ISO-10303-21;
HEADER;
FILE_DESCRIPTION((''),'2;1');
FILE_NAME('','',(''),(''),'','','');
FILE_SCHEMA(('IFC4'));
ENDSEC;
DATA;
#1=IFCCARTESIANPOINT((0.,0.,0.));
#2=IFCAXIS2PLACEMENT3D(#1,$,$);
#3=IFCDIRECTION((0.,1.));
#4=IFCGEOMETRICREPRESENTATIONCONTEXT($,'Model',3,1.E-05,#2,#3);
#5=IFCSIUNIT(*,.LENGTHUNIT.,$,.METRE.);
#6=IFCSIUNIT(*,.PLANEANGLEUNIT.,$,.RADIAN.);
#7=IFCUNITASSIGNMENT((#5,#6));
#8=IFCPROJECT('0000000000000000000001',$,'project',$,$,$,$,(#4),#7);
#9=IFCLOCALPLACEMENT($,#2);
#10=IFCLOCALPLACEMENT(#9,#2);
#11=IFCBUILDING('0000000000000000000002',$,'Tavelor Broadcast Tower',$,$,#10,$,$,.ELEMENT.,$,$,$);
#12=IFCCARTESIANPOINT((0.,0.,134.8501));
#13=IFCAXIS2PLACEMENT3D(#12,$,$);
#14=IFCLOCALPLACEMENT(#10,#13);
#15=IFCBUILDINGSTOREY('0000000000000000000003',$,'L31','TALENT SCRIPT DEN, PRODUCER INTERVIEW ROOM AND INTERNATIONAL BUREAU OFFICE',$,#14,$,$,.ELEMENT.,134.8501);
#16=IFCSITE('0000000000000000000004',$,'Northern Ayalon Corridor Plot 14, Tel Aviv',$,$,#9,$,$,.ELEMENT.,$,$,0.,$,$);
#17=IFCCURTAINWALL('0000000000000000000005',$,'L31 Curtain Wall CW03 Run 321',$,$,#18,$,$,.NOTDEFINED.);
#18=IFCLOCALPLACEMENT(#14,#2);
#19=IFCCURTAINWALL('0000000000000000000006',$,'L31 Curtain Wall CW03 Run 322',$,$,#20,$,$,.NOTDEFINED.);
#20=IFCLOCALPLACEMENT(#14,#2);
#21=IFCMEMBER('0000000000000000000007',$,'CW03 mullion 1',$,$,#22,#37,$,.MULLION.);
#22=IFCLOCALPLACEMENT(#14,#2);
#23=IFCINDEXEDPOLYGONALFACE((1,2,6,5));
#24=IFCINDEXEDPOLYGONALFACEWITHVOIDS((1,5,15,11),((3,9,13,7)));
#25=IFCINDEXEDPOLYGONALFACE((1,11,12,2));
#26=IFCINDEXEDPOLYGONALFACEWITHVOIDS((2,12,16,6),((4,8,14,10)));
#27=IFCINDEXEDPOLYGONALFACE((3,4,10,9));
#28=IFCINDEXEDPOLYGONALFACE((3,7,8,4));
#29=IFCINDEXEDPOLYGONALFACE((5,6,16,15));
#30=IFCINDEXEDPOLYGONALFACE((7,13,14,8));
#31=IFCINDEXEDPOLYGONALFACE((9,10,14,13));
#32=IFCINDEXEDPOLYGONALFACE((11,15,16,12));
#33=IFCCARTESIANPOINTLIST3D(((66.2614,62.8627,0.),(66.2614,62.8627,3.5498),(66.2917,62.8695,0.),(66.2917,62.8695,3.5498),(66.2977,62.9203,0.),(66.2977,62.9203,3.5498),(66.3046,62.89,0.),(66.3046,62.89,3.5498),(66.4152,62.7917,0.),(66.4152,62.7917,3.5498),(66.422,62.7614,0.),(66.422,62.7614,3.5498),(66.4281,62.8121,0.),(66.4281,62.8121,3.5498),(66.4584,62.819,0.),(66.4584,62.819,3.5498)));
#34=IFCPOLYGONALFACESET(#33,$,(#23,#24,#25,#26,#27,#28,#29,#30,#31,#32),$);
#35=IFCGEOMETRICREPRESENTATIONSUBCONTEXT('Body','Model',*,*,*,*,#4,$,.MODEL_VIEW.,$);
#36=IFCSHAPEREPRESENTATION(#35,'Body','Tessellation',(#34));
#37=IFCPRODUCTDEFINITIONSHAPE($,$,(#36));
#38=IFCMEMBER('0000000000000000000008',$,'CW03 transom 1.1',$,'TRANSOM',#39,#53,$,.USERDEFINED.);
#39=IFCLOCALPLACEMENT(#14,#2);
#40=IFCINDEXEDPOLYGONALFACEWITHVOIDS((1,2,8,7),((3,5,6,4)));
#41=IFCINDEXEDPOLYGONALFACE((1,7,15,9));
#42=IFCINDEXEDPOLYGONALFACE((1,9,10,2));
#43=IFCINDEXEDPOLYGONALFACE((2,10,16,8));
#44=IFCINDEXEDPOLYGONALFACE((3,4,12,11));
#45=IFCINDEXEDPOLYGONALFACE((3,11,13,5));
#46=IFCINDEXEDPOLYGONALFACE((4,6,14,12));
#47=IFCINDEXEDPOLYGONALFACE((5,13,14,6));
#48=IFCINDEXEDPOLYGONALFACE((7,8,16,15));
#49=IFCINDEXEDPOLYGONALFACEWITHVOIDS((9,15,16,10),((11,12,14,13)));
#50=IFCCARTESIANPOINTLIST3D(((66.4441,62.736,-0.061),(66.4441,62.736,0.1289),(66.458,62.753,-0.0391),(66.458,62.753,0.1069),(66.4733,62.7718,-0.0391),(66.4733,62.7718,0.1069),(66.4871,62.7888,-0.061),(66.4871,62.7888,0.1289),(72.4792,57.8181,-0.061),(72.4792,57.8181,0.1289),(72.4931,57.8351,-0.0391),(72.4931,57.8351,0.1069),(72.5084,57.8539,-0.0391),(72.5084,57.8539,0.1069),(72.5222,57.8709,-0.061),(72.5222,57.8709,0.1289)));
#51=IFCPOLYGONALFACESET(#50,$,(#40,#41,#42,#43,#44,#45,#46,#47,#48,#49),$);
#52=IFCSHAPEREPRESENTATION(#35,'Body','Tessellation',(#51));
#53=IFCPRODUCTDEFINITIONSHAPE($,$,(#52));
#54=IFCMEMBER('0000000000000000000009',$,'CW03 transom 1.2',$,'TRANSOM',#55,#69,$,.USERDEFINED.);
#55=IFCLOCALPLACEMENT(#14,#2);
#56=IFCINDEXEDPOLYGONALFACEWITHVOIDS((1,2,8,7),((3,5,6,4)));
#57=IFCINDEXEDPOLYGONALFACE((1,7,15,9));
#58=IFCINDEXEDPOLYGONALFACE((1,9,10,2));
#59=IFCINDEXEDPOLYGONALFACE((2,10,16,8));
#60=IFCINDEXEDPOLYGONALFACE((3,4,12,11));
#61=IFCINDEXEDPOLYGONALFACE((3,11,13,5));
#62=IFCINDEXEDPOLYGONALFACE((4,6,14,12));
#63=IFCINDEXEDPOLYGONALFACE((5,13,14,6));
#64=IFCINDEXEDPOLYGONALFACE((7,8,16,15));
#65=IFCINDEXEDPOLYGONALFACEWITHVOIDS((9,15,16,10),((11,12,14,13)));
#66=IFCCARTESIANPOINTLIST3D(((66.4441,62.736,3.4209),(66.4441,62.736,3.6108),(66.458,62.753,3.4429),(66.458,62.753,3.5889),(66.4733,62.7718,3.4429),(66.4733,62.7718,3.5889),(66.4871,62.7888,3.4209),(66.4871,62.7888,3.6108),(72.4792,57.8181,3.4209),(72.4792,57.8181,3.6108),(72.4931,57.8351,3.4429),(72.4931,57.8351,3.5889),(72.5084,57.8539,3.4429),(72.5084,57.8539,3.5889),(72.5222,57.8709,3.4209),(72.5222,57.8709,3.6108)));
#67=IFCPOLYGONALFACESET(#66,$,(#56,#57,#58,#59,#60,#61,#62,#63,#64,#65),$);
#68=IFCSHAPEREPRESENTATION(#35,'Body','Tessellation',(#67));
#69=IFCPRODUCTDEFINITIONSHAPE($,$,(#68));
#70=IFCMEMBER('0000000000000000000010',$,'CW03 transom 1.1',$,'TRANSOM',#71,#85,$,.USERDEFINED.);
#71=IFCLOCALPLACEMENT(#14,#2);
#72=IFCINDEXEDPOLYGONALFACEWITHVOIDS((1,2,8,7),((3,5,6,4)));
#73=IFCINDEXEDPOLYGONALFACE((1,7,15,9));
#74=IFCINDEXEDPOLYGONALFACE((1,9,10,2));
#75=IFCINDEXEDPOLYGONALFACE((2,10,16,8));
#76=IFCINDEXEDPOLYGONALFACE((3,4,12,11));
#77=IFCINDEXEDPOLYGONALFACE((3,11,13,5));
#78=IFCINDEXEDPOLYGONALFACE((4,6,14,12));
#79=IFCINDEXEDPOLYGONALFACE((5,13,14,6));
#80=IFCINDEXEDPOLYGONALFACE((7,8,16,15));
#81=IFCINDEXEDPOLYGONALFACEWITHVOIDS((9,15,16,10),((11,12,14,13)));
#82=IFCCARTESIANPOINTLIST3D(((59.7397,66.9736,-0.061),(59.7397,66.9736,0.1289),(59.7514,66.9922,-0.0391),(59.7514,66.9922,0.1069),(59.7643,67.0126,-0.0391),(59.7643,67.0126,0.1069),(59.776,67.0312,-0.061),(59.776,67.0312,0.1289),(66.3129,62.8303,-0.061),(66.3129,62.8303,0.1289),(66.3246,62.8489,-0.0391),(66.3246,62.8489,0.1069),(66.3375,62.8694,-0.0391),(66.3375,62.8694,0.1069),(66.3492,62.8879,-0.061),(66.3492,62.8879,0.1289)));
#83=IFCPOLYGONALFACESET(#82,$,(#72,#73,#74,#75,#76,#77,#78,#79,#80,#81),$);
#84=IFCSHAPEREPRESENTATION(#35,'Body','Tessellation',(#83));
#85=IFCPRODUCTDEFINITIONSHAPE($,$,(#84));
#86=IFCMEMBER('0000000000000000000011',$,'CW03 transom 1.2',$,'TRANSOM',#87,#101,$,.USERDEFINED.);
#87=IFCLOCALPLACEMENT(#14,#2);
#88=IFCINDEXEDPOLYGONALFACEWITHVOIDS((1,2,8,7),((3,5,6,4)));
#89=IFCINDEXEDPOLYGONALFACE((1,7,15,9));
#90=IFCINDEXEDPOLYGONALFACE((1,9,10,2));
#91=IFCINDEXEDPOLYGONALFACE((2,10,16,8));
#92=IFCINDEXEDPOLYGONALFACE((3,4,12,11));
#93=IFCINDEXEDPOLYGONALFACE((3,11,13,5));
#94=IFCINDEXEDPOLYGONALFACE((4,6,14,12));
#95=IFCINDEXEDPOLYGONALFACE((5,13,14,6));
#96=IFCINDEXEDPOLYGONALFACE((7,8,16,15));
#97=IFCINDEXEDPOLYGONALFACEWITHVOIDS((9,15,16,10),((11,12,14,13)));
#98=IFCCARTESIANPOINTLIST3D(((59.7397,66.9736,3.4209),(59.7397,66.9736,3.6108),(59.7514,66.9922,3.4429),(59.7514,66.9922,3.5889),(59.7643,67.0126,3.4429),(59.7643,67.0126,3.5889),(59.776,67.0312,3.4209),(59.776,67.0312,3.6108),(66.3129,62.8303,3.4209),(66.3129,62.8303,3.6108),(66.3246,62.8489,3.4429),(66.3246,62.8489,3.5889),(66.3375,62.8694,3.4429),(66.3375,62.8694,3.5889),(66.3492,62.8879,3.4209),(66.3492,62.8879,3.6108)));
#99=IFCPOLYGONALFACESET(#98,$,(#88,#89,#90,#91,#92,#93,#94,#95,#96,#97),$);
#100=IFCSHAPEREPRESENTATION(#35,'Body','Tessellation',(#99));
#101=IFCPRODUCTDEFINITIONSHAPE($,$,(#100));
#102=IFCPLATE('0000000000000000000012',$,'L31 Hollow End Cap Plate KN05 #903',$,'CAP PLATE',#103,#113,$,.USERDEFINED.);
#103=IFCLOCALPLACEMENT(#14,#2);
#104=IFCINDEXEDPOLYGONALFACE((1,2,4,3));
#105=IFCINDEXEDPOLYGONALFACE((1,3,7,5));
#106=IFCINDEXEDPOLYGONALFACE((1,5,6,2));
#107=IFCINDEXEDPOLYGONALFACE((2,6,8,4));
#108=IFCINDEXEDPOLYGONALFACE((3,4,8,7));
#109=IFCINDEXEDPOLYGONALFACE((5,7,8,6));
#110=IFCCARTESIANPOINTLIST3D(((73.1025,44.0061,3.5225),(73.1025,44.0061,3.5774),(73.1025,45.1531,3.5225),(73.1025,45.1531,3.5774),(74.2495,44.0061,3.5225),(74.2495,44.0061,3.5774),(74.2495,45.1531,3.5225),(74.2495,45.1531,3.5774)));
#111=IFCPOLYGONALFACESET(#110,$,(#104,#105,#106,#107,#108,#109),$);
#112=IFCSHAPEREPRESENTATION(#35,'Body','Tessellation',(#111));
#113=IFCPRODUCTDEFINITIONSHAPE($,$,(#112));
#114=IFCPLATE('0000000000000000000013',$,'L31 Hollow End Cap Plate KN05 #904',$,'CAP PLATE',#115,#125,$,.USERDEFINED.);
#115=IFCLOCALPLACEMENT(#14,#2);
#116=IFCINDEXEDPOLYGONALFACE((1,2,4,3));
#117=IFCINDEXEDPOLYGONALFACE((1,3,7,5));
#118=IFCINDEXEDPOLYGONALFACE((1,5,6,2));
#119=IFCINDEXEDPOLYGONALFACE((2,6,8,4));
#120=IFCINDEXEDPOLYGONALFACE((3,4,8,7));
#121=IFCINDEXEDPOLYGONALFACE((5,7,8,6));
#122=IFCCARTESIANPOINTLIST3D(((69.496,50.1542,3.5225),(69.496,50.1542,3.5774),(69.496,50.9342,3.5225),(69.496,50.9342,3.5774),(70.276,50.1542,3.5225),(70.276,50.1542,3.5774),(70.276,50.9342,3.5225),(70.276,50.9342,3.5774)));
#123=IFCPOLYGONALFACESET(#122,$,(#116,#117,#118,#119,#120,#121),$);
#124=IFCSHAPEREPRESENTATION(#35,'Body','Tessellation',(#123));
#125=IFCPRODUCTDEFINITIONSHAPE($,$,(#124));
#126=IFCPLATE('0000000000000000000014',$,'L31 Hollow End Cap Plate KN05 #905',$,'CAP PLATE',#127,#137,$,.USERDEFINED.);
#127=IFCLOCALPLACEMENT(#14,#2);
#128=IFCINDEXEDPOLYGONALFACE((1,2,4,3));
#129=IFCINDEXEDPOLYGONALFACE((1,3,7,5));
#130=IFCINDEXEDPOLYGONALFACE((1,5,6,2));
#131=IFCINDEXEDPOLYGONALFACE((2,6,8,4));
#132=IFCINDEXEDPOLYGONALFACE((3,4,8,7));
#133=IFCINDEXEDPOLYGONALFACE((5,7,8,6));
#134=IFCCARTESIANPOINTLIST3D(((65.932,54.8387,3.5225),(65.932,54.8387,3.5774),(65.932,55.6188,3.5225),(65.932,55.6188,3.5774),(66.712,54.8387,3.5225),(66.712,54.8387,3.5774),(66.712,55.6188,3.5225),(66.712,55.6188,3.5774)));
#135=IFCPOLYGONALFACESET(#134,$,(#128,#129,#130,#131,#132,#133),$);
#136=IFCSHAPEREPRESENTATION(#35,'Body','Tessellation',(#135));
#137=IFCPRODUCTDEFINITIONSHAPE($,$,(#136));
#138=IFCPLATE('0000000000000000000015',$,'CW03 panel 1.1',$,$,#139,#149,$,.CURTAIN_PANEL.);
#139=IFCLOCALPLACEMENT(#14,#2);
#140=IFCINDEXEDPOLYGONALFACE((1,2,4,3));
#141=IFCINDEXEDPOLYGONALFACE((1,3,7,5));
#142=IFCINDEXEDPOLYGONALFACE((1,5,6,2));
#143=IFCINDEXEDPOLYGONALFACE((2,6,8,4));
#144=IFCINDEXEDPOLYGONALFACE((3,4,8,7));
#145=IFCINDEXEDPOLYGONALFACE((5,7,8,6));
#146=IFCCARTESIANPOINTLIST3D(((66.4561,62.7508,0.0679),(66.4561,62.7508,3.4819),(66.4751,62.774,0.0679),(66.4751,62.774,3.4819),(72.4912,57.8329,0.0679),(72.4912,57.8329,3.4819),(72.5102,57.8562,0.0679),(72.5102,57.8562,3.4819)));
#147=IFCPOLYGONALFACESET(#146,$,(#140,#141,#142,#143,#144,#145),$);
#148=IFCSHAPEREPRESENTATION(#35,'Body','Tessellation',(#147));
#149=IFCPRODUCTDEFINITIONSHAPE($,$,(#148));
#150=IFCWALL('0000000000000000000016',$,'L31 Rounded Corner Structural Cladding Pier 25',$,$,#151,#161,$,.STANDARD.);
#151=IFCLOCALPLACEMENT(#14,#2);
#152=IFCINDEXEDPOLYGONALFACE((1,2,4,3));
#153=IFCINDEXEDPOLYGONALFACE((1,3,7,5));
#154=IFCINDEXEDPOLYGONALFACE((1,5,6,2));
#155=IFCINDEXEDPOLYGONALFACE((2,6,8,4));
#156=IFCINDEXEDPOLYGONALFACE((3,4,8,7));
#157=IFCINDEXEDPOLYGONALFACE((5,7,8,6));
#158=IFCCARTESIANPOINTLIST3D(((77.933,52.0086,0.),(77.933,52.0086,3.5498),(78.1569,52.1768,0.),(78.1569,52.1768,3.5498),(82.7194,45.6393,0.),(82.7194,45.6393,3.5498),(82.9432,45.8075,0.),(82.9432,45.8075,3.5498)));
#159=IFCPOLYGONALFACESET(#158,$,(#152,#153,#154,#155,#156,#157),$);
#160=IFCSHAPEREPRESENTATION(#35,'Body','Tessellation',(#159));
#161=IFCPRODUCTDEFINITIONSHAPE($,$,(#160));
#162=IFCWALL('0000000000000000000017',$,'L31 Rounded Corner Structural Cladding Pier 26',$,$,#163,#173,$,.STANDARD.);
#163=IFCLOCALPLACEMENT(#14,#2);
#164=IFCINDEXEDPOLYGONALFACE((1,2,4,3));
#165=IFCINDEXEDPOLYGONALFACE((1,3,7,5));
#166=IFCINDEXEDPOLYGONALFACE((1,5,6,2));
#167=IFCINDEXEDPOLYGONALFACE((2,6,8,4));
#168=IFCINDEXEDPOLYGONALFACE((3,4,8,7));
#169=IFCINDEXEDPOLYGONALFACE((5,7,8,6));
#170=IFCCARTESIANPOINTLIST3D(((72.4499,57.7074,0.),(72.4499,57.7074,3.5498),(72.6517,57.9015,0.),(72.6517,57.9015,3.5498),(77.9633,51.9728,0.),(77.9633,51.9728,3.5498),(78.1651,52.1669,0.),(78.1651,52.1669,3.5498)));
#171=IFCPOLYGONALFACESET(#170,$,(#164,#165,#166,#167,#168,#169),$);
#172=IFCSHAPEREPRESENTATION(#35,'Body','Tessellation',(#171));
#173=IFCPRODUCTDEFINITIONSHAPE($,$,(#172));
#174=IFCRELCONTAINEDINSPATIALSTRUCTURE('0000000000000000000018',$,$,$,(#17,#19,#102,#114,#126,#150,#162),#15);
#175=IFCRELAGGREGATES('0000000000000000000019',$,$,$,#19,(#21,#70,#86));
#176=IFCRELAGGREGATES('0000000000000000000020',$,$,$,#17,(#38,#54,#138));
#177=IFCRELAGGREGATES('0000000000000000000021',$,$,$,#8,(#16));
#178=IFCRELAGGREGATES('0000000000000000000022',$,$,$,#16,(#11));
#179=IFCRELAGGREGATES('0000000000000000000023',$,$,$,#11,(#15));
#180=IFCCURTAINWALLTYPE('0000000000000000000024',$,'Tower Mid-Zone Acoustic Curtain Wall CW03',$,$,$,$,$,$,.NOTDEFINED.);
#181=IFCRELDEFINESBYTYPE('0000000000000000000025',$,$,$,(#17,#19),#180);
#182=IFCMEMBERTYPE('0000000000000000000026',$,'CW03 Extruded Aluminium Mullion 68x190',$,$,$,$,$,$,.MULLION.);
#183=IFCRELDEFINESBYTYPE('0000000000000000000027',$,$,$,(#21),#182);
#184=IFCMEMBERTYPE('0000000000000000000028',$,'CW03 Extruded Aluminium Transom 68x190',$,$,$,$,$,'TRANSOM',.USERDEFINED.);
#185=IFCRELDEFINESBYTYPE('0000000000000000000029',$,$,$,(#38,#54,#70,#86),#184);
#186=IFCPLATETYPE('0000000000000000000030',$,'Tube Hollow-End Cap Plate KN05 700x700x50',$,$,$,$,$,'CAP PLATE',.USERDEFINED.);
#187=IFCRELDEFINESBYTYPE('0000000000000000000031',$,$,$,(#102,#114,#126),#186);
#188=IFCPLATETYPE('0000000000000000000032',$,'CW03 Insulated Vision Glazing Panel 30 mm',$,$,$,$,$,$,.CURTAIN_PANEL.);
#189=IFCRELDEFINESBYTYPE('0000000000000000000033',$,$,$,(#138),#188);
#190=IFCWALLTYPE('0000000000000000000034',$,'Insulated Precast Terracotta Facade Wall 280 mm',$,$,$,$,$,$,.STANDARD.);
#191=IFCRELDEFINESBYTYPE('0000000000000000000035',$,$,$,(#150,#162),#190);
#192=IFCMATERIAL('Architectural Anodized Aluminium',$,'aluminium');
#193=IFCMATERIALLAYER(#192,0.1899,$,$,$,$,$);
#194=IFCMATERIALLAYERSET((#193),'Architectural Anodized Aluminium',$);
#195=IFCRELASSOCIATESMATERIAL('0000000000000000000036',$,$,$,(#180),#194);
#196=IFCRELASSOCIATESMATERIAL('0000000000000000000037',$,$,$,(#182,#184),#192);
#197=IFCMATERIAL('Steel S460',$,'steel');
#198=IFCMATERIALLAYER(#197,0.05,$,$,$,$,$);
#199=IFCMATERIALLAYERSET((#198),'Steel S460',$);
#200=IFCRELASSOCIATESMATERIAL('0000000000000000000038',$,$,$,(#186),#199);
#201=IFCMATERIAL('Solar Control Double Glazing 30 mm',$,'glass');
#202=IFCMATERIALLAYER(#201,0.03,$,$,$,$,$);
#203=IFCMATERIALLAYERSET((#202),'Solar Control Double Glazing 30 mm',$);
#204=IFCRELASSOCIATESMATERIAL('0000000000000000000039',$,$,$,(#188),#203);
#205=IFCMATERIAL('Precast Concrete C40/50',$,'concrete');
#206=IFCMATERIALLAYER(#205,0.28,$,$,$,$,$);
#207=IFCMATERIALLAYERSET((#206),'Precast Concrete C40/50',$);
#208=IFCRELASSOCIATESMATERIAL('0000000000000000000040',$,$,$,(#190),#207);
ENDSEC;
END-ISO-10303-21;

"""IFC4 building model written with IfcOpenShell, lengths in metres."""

from ifc_helpers import new_model, si_unit, direction, frame, frame_2d, origin, origin_2d, place, context, subcontext, project, spatial, rectangle, hollow_rectangle, extrude, source, transform, mapped, material, layer, layer_set, material_profile, profile_set, type_object, type_shapes, element, aggregate, save


model = new_model("IFC4")

# Units and contexts
model_context = context("Model", 3, precision=1e-05, world=origin(), true_north=direction((0.0, 1.0)))
body_context = subcontext(model_context, "Body", "Model", "MODEL_VIEW")
ifc_project = project(units=[si_unit("LENGTHUNIT", "METRE"), si_unit("PLANEANGLEUNIT", "RADIAN")], contexts=[model_context])

# Site, building, storey
site_placement = place(None, origin())
site = spatial("IfcSite", under=ifc_project, at=site_placement, Name="Northern Ayalon Corridor Plot 14, Tel Aviv", CompositionType="ELEMENT", RefElevation=0.0)
building_placement = place(site_placement, origin())
building = spatial("IfcBuilding", under=site, at=building_placement, Name="Tavelor Broadcast Tower", CompositionType="ELEMENT")
storey_placement = place(building_placement, frame((0.0, 0.0, 134.8501)))
storey = spatial("IfcBuildingStorey", under=building, at=storey_placement, Name="L31", Description="TALENT SCRIPT DEN, PRODUCER INTERVIEW ROOM AND INTERNATIONAL BUREAU OFFICE", CompositionType="ELEMENT", Elevation=134.8501)

# Shared definitions
ifc_material_1 = material(Name="Steel S460", Category="steel")

# Curtain wall
ifc_material_2 = material(Name="Architectural Anodized Aluminium", Category="aluminium")
ifc_layer_1 = layer(ifc_material_2, 0.1899)
ifc_layer_set_1 = layer_set([ifc_layer_1], Name="Architectural Anodized Aluminium")
curtain_wall_type = type_object("IfcCurtainWallType", Name="Tower Mid-Zone Acoustic Curtain Wall CW03", PredefinedType="NOTDEFINED", material=ifc_layer_set_1)
curtain_wall_1_placement = place(storey_placement, origin())
curtain_wall_1 = element("IfcCurtainWall", 1, at=curtain_wall_1_placement, inside=storey, type_object=curtain_wall_type, Name="L31 Curtain Wall CW03 Run 321", PredefinedType="NOTDEFINED")
ifc_material_profile_1 = material_profile(ifc_material_2, hollow_rectangle(XDim=0.0681, YDim=0.1899, WallThickness=0.022, at=origin_2d()), Name="RHS 68x190x22")
ifc_profile_set_1 = profile_set([ifc_material_profile_1], Name="Architectural Anodized Aluminium")
member_type_1 = type_object("IfcMemberType", Name="CW03 Extruded Aluminium Mullion 68x190", PredefinedType="MULLION", material=ifc_profile_set_1)
shared_shape_1 = source(origin(), body_context, "Body", "SweptSolid", [
    extrude(hollow_rectangle(XDim=0.0681, YDim=0.1899, WallThickness=0.022, at=origin_2d()), origin(), (0.0, 0.0, 1.0), 3.5498),
])
type_shapes(member_type_1, [shared_shape_1])

# Curtain wall, member
curtain_wall_2_placement = place(storey_placement, origin())
curtain_wall_2 = element("IfcCurtainWall", 2, at=curtain_wall_2_placement, inside=storey, type_object=curtain_wall_type, Name="L31 Curtain Wall CW03 Run 322", PredefinedType="NOTDEFINED")
member_1_placement = place(storey_placement, frame((66.3599, 62.8408, 0.0), z_axis=(0.0, 0.0, 1.0), x_axis=(-0.533238, -0.845966, 0.0)))
member_1 = element("IfcMember", 3, at=member_1_placement, type_object=member_type_1, Name="CW03 mullion 1", PredefinedType="MULLION", context=body_context, shape_type="MappedRepresentation", body=[
    mapped(shared_shape_1, transform((0.0, 0.0, 0.0), scale=1.0)),
])

# Members
ifc_material_profile_2 = material_profile(ifc_material_2, hollow_rectangle(XDim=0.0681, YDim=0.1899, WallThickness=0.022, at=origin_2d()), Name="RHS 68x190x22")
ifc_profile_set_2 = profile_set([ifc_material_profile_2], Name="Architectural Anodized Aluminium")
member_type_2 = type_object("IfcMemberType", Name="CW03 Extruded Aluminium Transom 68x190", ElementType="TRANSOM", PredefinedType="USERDEFINED", material=ifc_profile_set_2)
shared_shape_2 = source(origin(), body_context, "Body", "SweptSolid", [
    extrude(hollow_rectangle(XDim=0.0681, YDim=0.1899, WallThickness=0.022, at=origin_2d()), origin(), (0.0, 0.0, 1.0), 7.7852),
])
member_2_placement = place(storey_placement, frame((72.5007, 57.8445, 0.0339), z_axis=(-0.775208, 0.631706, 0.0), x_axis=(-0.631706, -0.775208, 0.0)))
member_2 = element("IfcMember", 4, at=member_2_placement, type_object=member_type_2, Name="CW03 transom 1.1", ObjectType="TRANSOM", PredefinedType="USERDEFINED", context=body_context, shape_type="MappedRepresentation", body=[
    mapped(shared_shape_2, transform((0.0, 0.0, 0.0), scale=1.0)),
])
member_3_placement = place(storey_placement, frame((72.5007, 57.8445, 3.5159), z_axis=(-0.775208, 0.631706, 0.0), x_axis=(-0.631706, -0.775208, 0.0)))
member_3 = element("IfcMember", 5, at=member_3_placement, type_object=member_type_2, Name="CW03 transom 1.2", ObjectType="TRANSOM", PredefinedType="USERDEFINED", context=body_context, shape_type="MappedRepresentation", body=[
    mapped(shared_shape_2, transform((0.0, 0.0, 0.0), scale=1.0)),
])
shared_shape_3 = source(origin(), body_context, "Body", "SweptSolid", [
    extrude(hollow_rectangle(XDim=0.0681, YDim=0.1899, WallThickness=0.022, at=origin_2d()), origin(), (0.0, 0.0, 1.0), 7.77),
])
type_shapes(member_type_2, [shared_shape_2, shared_shape_3])
member_4_placement = place(storey_placement, frame((66.3311, 62.8591, 0.0339), z_axis=(-0.845966, 0.533237, 0.0), x_axis=(-0.533237, -0.845966, 0.0)))
member_4 = element("IfcMember", 6, at=member_4_placement, type_object=member_type_2, Name="CW03 transom 1.1", ObjectType="TRANSOM", PredefinedType="USERDEFINED", context=body_context, shape_type="MappedRepresentation", body=[
    mapped(shared_shape_3, transform((0.0, 0.0, 0.0), scale=1.0)),
])
member_5_placement = place(storey_placement, frame((66.3311, 62.8591, 3.5159), z_axis=(-0.845966, 0.533237, 0.0), x_axis=(-0.533237, -0.845966, 0.0)))
member_5 = element("IfcMember", 7, at=member_5_placement, type_object=member_type_2, Name="CW03 transom 1.2", ObjectType="TRANSOM", PredefinedType="USERDEFINED", context=body_context, shape_type="MappedRepresentation", body=[
    mapped(shared_shape_3, transform((0.0, 0.0, 0.0), scale=1.0)),
])
aggregate(curtain_wall_2, [member_1, member_4, member_5])

# Plates
ifc_layer_2 = layer(ifc_material_1, 0.05)
ifc_layer_set_2 = layer_set([ifc_layer_2], Name="Steel S460")
plate_type_1 = type_object("IfcPlateType", Name="Tube Hollow-End Cap Plate KN05 700x700x50", ElementType="CAP PLATE", PredefinedType="USERDEFINED", material=ifc_layer_set_2)
shared_shape_4 = source(origin(), body_context, "Body", "SweptSolid", [
    extrude(rectangle(XDim=1.147, YDim=1.147, at=origin_2d()), origin(), (0.0, 0.0, 1.0), 0.0549),
])
plate_1_placement = place(storey_placement, frame((73.676, 44.5796, 3.5225), z_axis=(0.0, 0.0, 1.0), x_axis=(1.0, 0.0, 0.0)))
element("IfcPlate", 8, at=plate_1_placement, inside=storey, type_object=plate_type_1, Name="L31 Hollow End Cap Plate KN05 #903", ObjectType="CAP PLATE", PredefinedType="USERDEFINED", context=body_context, shape_type="MappedRepresentation", body=[
    mapped(shared_shape_4, transform((0.0, 0.0, 0.0), scale=1.0)),
])
shared_shape_5 = source(origin(), body_context, "Body", "SweptSolid", [
    extrude(rectangle(XDim=0.78, YDim=0.78, at=origin_2d()), origin(), (0.0, 0.0, 1.0), 0.0549),
])
type_shapes(plate_type_1, [shared_shape_4, shared_shape_5])
for number, where, z_axis, x_axis, name in (
    (9, (69.886, 50.5442, 3.5225), (0.0, 0.0, 1.0), (1.0, 0.0, 0.0), "L31 Hollow End Cap Plate KN05 #904"),
    (10, (66.322, 55.2288, 3.5225), (0.0, 0.0, 1.0), (1.0, 0.0, 0.0), "L31 Hollow End Cap Plate KN05 #905"),
):
    element("IfcPlate", number, at=place(storey_placement, frame(where, z_axis=z_axis, x_axis=x_axis)), inside=storey, type_object=plate_type_1, Name=name, ObjectType="CAP PLATE", PredefinedType="USERDEFINED", context=body_context, shape_type="MappedRepresentation", body=[
        mapped(shared_shape_5, transform((0.0, 0.0, 0.0), scale=1.0)),
    ])

# Plate
ifc_material_3 = material(Name="Solar Control Double Glazing 30 mm", Category="glass")
ifc_layer_3 = layer(ifc_material_3, 0.03)
ifc_layer_set_3 = layer_set([ifc_layer_3], Name="Solar Control Double Glazing 30 mm")
plate_type_2 = type_object("IfcPlateType", Name="CW03 Insulated Vision Glazing Panel 30 mm", PredefinedType="CURTAIN_PANEL", material=ifc_layer_set_3)
shared_shape_6 = source(origin(), body_context, "Body", "SweptSolid", [
    extrude(rectangle(XDim=7.7852, YDim=0.03, at=origin_2d()), origin(), (0.0, 0.0, 1.0), 3.4141),
])
type_shapes(plate_type_2, [shared_shape_6])
plate_2_placement = place(storey_placement, frame((69.4832, 60.3035, 0.0679), z_axis=(0.0, 0.0, 1.0), x_axis=(-0.775213, 0.631699, 0.0)))
plate_2 = element("IfcPlate", 11, at=plate_2_placement, type_object=plate_type_2, Name="CW03 panel 1.1", PredefinedType="CURTAIN_PANEL", context=body_context, shape_type="MappedRepresentation", body=[
    mapped(shared_shape_6, transform((0.0, 0.0, 0.0), scale=1.0)),
])
aggregate(curtain_wall_1, [member_2, member_3, plate_2])

# Walls
ifc_material_4 = material(Name="Precast Concrete C40/50", Category="concrete")
ifc_layer_4 = layer(ifc_material_4, 0.28)
ifc_layer_set_4 = layer_set([ifc_layer_4], Name="Precast Concrete C40/50")
wall_type = type_object("IfcWallType", Name="Insulated Precast Terracotta Facade Wall 280 mm", PredefinedType="STANDARD", material=ifc_layer_set_4)
wall_1_placement = place(storey_placement, frame((82.8313, 45.7234, 0.0), z_axis=(0.0, 0.0, 1.0), x_axis=(-0.60075, 0.799437, 0.0)))
element("IfcWall", 12, at=wall_1_placement, inside=storey, type_object=wall_type, Name="L31 Rounded Corner Structural Cladding Pier 25", PredefinedType="STANDARD", context=body_context, shape_type="SweptSolid", body=[
    extrude(rectangle(XDim=7.9673, YDim=0.28, at=frame_2d((3.9836, 0.0))), origin(), (0.0, 0.0, 1.0), 3.5498),
])
wall_2_placement = place(storey_placement, frame((78.0642, 52.0698, 0.0), z_axis=(0.0, 0.0, 1.0), x_axis=(-0.693068, 0.720873, 0.0)))
element("IfcWall", 13, at=wall_2_placement, inside=storey, type_object=wall_type, Name="L31 Rounded Corner Structural Cladding Pier 26", PredefinedType="STANDARD", context=body_context, shape_type="SweptSolid", body=[
    extrude(rectangle(XDim=7.9551, YDim=0.28, at=frame_2d((3.9775, 0.0))), origin(), (0.0, 0.0, 1.0), 3.5498),
])

save(model, "model.ifc")
